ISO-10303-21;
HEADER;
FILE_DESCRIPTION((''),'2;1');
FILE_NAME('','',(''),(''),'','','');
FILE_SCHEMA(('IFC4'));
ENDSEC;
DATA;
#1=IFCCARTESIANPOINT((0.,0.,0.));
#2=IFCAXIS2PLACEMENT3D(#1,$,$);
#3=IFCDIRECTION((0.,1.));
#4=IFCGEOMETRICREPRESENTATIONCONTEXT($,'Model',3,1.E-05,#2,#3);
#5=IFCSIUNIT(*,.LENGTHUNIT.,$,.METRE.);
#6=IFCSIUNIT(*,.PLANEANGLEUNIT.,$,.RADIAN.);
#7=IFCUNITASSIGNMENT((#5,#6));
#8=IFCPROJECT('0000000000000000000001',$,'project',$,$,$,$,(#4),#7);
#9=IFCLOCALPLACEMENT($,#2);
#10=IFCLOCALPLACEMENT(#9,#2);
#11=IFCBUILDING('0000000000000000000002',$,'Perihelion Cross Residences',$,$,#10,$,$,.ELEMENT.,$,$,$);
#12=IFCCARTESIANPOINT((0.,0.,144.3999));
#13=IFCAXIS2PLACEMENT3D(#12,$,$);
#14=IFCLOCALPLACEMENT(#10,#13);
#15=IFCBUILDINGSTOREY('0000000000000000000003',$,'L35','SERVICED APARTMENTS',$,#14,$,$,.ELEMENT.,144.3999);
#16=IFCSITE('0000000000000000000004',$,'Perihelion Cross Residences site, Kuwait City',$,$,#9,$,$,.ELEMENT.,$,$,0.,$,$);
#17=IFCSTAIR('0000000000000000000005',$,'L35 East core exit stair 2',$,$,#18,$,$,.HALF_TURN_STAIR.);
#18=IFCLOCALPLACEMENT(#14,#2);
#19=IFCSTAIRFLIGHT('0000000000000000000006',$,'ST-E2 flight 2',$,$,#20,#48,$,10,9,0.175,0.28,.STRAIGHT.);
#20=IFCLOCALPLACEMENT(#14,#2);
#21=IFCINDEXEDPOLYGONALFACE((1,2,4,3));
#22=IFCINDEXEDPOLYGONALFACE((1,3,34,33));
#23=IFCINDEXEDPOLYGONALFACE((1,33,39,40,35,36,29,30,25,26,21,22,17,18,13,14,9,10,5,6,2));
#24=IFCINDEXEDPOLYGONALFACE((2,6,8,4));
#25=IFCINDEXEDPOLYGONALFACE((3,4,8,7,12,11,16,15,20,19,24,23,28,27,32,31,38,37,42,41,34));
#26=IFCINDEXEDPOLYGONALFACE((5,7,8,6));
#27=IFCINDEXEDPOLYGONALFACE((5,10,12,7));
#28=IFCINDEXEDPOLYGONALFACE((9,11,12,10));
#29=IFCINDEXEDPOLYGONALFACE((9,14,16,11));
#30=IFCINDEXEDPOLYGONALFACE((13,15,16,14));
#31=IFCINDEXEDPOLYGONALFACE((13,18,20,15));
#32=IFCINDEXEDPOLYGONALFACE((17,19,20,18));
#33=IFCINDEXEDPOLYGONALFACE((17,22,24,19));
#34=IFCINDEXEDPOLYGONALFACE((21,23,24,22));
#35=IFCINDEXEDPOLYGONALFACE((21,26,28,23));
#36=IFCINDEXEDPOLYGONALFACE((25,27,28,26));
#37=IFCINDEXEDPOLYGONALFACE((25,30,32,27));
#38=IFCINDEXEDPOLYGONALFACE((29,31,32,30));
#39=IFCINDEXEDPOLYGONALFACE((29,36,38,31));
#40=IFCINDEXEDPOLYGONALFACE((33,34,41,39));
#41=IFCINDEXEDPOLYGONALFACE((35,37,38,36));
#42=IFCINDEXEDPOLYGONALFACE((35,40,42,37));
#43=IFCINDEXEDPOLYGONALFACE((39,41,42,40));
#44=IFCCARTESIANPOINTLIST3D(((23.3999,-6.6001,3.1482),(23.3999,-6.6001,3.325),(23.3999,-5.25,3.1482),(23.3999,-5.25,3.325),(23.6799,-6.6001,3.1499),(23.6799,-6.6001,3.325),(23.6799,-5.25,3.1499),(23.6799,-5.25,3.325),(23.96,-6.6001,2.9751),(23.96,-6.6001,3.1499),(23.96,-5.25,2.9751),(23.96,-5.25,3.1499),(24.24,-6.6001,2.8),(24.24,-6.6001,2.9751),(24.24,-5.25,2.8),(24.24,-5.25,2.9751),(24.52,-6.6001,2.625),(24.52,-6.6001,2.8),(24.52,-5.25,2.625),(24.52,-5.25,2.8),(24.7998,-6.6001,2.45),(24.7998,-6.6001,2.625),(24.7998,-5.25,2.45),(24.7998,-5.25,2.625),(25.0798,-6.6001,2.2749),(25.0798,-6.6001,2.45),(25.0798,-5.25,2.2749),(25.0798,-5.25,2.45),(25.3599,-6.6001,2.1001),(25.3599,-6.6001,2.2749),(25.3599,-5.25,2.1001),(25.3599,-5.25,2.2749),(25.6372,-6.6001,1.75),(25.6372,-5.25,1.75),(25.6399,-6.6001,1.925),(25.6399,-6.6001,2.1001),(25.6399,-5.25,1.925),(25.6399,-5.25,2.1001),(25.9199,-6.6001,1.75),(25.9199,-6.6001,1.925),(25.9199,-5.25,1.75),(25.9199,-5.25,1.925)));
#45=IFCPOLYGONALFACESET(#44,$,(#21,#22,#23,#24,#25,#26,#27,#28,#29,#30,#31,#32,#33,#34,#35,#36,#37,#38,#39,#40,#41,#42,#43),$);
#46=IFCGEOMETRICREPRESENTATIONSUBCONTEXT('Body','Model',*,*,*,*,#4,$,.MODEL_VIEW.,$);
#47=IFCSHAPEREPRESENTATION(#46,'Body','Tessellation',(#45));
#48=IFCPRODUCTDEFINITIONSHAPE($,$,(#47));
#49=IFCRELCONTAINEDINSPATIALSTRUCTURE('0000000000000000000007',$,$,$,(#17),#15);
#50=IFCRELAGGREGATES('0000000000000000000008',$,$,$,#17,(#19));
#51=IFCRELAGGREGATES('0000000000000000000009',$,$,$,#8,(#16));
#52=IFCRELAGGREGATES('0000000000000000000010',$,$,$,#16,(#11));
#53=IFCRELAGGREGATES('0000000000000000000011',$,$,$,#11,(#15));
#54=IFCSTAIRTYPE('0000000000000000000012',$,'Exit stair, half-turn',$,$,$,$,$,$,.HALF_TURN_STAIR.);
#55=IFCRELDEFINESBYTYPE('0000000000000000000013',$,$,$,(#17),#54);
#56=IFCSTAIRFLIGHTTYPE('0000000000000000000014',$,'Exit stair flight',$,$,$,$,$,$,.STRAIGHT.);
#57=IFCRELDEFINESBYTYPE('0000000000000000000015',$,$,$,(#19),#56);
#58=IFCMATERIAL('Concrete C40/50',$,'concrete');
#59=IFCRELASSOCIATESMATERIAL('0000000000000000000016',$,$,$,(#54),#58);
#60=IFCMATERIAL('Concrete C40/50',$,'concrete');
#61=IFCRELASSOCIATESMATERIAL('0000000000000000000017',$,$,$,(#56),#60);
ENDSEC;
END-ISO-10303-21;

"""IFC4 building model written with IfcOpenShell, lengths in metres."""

from ifc_helpers import new_model, si_unit, direction, frame, origin, place, context, subcontext, project, spatial, polyline, outline, extrude, material, type_object, element, aggregate, save


model = new_model("IFC4")

# Units and contexts
model_context = context("Model", 3, precision=1e-05, world=origin(), true_north=direction((0.0, 1.0)))
body_context = subcontext(model_context, "Body", "Model", "MODEL_VIEW")
ifc_project = project(units=[si_unit("LENGTHUNIT", "METRE"), si_unit("PLANEANGLEUNIT", "RADIAN")], contexts=[model_context])

# Site, building, storey
site_placement = place(None, origin())
site = spatial("IfcSite", under=ifc_project, at=site_placement, Name="Perihelion Cross Residences site, Kuwait City", CompositionType="ELEMENT", RefElevation=0.0)
building_placement = place(site_placement, origin())
building = spatial("IfcBuilding", under=site, at=building_placement, Name="Perihelion Cross Residences", CompositionType="ELEMENT")
storey_placement = place(building_placement, frame((0.0, 0.0, 144.3999)))
storey = spatial("IfcBuildingStorey", under=building, at=storey_placement, Name="L35", Description="SERVICED APARTMENTS", CompositionType="ELEMENT", Elevation=144.3999)

# Stair, stair flight
ifc_material_1 = material(Name="Concrete C40/50", Category="concrete")
stair_type = type_object("IfcStairType", Name="Exit stair, half-turn", PredefinedType="HALF_TURN_STAIR", material=ifc_material_1)
stair_placement = place(storey_placement, origin())
stair = element("IfcStair", 1, at=stair_placement, inside=storey, type_object=stair_type, Name="L35 East core exit stair 2", PredefinedType="HALF_TURN_STAIR")
ifc_material_2 = material(Name="Concrete C40/50", Category="concrete")
stair_flight_type = type_object("IfcStairFlightType", Name="Exit stair flight", PredefinedType="STRAIGHT", material=ifc_material_2)
stair_flight_placement = place(storey_placement, frame((25.9199, -5.925, 1.75), z_axis=(0.0, 0.0, 1.0), x_axis=(-1.0, 0.0, 0.0)))
stair_flight = element("IfcStairFlight", 2, at=stair_flight_placement, type_object=stair_flight_type, Name="ST-E2 flight 2", NumberOfRisers=10, NumberOfTreads=9, PredefinedType="STRAIGHT", RiserHeight=0.175, TreadLength=0.28, context=body_context, shape_type="SweptSolid", body=[
    extrude(outline(polyline([(0.0, 0.0), (0.0, 0.175), (0.28, 0.175), (0.28, 0.3501), (0.5601, 0.3501), (0.5601, 0.5249), (0.8401, 0.5249), (0.8401, 0.7), (1.1201, 0.7), (1.1201, 0.875), (1.3999, 0.875), (1.3999, 1.05), (1.6799, 1.05), (1.6799, 1.2251), (1.96, 1.2251), (1.96, 1.3999), (2.24, 1.3999), (2.24, 1.575), (2.52, 1.575), (2.52, 1.75), (2.52, 1.3982), (0.2827, 0.0), (0.0, 0.0)])), frame((0.0, 0.675, 0.0), z_axis=(0.0, -1.0, 0.0), x_axis=(1.0, 0.0, 0.0)), (0.0, 0.0, 1.0), 1.3501),
])
aggregate(stair, [stair_flight])

save(model, "model.ifc")
